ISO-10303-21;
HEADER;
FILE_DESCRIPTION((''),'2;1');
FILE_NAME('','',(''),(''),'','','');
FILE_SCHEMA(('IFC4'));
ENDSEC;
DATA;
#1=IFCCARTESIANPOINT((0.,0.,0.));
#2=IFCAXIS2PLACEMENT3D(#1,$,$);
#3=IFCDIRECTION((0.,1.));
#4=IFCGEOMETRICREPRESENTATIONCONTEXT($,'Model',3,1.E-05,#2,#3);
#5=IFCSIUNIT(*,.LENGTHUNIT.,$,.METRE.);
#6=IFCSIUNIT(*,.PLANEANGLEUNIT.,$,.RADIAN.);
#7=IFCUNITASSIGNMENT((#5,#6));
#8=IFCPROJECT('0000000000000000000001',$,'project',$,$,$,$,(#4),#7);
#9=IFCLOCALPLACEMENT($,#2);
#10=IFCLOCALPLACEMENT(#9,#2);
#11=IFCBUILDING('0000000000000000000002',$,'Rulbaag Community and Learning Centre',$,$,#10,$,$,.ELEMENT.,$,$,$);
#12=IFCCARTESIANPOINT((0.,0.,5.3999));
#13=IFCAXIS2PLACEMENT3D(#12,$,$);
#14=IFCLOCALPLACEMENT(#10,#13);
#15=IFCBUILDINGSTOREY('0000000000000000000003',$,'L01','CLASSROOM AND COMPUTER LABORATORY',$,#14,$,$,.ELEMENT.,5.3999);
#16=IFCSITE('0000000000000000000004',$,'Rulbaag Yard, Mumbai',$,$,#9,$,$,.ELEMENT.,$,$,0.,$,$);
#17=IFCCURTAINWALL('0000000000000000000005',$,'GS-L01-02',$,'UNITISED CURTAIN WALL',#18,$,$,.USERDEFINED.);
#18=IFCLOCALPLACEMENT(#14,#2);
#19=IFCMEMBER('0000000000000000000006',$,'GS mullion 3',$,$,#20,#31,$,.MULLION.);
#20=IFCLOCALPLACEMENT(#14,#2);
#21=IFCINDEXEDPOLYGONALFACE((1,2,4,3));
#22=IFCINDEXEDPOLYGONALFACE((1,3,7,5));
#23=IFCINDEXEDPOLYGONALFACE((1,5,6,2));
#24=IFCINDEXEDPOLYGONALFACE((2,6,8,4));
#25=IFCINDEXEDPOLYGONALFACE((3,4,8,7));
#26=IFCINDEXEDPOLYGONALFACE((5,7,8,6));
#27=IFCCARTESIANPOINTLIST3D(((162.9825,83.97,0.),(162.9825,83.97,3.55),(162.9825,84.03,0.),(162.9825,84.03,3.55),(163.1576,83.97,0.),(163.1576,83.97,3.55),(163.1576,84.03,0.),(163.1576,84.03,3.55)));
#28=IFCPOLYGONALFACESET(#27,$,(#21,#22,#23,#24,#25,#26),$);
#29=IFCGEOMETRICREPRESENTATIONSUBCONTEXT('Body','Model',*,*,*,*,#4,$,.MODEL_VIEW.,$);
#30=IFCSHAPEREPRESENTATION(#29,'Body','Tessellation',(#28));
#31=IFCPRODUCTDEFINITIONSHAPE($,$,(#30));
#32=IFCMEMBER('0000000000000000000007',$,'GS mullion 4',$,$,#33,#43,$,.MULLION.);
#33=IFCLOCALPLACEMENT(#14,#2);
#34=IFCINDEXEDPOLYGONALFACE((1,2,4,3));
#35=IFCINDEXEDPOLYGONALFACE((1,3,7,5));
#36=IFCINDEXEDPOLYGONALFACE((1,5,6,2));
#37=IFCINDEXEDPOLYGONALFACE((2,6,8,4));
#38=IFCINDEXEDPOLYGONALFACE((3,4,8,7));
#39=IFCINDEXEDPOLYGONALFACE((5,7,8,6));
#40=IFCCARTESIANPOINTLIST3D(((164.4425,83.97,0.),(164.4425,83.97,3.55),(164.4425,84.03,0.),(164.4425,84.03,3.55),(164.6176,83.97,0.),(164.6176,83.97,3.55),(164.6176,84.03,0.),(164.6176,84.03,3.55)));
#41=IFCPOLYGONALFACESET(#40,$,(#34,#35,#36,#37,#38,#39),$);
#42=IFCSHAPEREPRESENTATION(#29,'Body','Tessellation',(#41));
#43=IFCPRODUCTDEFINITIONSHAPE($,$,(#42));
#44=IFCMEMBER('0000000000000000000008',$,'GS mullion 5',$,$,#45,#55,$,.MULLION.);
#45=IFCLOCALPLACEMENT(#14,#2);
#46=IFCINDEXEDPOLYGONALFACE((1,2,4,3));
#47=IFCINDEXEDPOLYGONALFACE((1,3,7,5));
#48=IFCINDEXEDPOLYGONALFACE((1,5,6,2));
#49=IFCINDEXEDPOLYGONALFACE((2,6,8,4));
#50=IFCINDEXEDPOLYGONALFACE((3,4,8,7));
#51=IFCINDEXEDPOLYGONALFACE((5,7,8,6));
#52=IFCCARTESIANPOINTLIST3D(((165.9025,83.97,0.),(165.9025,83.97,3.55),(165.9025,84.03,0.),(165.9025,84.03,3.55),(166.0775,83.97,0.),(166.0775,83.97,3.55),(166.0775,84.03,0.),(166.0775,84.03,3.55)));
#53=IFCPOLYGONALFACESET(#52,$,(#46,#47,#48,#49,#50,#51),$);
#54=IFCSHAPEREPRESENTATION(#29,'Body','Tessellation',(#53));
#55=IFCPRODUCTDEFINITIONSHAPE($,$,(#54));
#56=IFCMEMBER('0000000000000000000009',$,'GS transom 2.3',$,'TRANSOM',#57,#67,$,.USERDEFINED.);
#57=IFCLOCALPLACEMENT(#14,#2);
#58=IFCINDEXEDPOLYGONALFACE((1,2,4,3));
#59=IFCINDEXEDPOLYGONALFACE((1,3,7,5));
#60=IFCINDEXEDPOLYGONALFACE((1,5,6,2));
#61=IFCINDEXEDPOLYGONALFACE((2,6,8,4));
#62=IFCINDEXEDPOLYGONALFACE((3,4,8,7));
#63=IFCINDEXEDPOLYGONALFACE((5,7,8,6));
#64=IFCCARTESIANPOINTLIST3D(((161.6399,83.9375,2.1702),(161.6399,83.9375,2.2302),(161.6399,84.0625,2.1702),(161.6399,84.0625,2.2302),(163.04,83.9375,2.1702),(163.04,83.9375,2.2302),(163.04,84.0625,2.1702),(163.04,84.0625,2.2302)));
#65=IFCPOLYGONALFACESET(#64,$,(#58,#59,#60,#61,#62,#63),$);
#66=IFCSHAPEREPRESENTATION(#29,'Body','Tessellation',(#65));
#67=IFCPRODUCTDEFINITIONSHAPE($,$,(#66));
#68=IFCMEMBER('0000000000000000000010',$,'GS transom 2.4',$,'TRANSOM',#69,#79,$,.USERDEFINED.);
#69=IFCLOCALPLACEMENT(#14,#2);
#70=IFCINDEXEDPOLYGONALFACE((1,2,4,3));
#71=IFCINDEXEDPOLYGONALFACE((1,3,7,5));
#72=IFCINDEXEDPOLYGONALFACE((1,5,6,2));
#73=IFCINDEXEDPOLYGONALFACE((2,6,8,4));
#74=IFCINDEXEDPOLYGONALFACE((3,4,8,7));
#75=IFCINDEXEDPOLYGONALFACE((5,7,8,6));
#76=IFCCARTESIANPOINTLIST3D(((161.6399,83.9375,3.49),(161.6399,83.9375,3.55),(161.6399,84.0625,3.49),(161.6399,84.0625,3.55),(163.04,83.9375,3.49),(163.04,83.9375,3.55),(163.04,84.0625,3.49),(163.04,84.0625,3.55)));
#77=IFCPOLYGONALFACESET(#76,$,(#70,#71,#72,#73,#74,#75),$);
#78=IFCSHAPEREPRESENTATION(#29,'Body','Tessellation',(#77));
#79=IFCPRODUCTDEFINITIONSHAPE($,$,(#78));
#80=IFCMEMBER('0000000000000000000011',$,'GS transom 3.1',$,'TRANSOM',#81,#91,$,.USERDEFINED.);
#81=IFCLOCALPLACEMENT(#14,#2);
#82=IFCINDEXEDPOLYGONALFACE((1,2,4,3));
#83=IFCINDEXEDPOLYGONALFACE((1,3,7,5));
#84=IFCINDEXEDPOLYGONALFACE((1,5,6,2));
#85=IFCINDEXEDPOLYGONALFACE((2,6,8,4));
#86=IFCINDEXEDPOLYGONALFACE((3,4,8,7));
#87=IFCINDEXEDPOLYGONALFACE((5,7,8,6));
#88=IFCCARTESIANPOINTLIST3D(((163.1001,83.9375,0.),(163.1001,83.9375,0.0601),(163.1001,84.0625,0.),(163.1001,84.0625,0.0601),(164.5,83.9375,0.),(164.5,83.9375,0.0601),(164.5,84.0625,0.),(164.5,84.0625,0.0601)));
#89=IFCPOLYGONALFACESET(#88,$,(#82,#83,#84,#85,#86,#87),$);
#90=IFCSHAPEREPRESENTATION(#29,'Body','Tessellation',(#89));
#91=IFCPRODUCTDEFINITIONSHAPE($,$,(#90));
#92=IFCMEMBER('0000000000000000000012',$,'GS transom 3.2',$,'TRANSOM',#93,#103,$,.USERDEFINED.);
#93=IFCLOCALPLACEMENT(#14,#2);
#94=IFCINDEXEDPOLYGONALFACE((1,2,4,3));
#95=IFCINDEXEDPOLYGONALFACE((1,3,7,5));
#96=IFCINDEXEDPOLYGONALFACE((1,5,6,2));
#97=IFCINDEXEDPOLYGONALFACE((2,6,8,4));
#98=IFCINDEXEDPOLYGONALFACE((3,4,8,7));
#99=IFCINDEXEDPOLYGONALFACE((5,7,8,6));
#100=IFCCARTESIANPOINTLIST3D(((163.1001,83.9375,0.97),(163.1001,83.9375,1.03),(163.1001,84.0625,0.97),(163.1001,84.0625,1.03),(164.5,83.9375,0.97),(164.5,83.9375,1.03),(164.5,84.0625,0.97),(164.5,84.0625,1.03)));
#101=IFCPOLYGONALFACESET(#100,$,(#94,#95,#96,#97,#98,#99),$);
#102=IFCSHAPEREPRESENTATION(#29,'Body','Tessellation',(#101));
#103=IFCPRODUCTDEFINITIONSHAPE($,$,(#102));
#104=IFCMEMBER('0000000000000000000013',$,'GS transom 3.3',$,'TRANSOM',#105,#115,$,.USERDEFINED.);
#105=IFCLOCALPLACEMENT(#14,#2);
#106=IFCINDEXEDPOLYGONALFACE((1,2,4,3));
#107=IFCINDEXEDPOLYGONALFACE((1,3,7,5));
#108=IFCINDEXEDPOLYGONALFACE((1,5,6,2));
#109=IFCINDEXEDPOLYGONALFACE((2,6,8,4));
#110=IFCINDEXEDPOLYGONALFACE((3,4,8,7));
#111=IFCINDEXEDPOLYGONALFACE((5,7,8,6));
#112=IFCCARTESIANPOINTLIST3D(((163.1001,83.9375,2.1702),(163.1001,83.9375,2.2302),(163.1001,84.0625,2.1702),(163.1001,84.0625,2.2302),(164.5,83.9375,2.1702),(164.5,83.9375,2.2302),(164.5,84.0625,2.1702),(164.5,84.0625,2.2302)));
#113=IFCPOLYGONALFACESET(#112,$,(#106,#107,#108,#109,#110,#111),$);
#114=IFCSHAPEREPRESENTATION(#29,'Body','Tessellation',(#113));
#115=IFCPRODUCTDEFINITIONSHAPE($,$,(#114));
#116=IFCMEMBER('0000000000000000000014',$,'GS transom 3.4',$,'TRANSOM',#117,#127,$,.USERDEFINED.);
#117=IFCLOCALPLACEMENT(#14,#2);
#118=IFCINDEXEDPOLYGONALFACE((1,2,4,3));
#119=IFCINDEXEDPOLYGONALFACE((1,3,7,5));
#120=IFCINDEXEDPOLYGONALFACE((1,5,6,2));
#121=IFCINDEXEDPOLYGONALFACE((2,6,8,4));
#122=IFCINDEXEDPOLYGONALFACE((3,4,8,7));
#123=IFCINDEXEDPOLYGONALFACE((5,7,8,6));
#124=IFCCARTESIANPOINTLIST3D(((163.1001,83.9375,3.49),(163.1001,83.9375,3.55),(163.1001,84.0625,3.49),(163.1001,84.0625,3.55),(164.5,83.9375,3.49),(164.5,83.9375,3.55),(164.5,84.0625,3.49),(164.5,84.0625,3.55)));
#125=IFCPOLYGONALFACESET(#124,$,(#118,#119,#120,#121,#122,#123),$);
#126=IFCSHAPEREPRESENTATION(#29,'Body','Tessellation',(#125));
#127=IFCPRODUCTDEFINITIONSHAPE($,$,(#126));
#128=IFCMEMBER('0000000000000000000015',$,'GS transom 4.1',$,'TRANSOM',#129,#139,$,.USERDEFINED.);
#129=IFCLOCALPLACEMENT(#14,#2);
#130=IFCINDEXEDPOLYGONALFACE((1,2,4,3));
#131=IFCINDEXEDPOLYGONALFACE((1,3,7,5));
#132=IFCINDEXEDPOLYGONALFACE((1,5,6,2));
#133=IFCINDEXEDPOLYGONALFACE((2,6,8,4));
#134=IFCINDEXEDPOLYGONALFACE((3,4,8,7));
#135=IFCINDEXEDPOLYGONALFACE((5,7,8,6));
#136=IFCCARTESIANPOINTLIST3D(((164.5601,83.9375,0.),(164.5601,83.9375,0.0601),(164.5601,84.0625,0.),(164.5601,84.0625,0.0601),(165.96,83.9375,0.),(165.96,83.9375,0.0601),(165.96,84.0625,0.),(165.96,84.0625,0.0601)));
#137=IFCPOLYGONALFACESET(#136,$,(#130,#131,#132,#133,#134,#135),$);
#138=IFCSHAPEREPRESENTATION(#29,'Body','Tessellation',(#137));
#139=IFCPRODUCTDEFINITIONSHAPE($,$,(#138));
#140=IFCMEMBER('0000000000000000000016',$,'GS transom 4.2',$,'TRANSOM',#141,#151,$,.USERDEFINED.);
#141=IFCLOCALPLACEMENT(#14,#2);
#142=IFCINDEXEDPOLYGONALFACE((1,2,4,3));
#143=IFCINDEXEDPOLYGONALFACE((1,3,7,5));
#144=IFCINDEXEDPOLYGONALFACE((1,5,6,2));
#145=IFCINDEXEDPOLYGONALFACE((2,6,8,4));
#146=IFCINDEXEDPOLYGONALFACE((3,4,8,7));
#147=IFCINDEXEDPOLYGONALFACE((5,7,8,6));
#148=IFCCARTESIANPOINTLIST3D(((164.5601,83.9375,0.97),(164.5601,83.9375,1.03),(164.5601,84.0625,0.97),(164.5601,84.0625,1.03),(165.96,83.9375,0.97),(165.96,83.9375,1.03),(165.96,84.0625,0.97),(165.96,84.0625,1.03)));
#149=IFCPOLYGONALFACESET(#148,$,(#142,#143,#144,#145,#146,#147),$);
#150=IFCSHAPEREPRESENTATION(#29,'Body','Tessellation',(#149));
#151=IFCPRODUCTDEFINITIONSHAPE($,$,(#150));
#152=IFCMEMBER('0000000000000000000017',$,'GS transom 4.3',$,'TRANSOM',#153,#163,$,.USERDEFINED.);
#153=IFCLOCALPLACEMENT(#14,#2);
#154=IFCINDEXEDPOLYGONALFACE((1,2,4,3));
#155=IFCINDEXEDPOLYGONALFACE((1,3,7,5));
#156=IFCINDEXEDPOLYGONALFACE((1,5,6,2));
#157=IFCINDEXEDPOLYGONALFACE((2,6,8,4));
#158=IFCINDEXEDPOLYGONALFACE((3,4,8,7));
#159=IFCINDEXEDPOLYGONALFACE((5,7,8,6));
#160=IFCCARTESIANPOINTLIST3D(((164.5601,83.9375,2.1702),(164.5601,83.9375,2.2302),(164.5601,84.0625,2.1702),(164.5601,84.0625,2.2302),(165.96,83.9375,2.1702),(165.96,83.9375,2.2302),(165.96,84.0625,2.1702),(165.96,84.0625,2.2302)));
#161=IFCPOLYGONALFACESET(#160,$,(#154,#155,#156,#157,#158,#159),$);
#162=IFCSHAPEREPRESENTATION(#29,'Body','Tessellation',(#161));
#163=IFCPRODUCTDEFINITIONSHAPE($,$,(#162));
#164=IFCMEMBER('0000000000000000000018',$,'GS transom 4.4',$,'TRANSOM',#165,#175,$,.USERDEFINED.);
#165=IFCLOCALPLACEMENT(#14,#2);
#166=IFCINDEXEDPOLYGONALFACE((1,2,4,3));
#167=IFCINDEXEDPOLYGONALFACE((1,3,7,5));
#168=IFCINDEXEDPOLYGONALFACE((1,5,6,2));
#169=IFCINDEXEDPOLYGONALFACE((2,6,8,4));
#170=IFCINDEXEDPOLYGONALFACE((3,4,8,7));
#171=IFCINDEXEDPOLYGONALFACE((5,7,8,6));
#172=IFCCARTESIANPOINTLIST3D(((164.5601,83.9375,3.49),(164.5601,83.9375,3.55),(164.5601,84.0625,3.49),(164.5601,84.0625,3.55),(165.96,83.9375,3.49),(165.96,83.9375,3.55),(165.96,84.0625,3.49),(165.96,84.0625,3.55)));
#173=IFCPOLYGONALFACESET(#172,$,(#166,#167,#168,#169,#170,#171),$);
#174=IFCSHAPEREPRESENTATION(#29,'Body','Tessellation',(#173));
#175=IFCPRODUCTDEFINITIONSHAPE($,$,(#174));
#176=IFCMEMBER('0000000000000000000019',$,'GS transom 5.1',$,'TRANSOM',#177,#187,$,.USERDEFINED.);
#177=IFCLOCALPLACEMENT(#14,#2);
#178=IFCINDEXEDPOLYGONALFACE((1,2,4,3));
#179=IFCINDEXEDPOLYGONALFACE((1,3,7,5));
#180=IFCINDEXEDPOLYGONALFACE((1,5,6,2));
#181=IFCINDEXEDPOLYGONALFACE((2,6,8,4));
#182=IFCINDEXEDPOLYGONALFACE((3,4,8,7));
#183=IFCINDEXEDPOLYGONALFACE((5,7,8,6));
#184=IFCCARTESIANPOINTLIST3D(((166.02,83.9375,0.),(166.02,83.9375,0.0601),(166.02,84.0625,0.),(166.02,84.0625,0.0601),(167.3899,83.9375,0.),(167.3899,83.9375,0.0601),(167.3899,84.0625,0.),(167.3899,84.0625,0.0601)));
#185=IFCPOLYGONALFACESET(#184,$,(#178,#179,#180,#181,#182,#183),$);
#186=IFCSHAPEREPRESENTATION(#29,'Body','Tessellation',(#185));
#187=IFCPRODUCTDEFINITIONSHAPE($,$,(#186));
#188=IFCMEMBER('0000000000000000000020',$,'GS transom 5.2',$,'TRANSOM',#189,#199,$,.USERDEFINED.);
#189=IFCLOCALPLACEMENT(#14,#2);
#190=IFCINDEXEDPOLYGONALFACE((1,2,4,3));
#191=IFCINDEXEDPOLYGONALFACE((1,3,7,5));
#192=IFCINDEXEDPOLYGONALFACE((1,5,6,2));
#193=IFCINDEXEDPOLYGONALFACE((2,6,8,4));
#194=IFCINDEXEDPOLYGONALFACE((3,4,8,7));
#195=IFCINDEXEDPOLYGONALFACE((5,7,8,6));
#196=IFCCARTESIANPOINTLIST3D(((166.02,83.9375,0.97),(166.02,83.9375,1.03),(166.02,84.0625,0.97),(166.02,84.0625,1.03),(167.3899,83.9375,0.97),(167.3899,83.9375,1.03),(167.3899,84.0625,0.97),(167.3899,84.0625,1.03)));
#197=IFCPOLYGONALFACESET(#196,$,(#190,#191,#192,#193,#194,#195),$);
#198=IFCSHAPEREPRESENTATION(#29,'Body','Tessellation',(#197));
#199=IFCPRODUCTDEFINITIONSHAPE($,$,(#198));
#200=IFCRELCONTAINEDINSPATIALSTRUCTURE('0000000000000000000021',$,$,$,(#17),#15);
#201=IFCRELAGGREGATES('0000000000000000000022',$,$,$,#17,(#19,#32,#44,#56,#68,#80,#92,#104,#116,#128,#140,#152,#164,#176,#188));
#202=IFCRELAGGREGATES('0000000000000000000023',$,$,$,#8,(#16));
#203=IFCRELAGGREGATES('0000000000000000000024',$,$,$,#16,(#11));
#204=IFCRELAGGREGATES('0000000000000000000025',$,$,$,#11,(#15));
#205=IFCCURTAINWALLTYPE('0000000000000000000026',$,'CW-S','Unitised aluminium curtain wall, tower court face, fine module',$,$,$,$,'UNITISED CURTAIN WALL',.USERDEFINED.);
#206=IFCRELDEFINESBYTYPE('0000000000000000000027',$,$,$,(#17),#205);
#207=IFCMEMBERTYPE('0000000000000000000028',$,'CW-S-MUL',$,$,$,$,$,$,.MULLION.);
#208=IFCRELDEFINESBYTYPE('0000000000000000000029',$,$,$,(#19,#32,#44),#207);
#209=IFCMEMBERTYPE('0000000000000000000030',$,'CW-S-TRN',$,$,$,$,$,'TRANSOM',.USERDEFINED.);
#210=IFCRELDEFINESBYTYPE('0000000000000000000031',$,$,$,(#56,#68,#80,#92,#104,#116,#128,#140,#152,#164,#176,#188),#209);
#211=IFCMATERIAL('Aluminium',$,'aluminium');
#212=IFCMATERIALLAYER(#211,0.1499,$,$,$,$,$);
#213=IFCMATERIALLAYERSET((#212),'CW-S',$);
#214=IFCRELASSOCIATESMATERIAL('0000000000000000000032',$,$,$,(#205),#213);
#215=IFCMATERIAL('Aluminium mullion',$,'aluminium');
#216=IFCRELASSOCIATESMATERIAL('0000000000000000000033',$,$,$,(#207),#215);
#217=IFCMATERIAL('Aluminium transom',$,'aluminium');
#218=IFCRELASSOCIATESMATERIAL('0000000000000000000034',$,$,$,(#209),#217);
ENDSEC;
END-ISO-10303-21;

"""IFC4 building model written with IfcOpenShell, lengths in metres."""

from ifc_helpers import new_model, si_unit, direction, frame, origin, origin_2d, place, context, subcontext, project, spatial, rectangle, extrude, material, layer, layer_set, material_profile, profile_set, type_object, element, aggregate, save


model = new_model("IFC4")

# Units and contexts
model_context = context("Model", 3, precision=1e-05, world=origin(), true_north=direction((0.0, 1.0)))
body_context = subcontext(model_context, "Body", "Model", "MODEL_VIEW")
ifc_project = project(units=[si_unit("LENGTHUNIT", "METRE"), si_unit("PLANEANGLEUNIT", "RADIAN")], contexts=[model_context])

# Site, building, storey
site_placement = place(None, origin())
site = spatial("IfcSite", under=ifc_project, at=site_placement, Name="Rulbaag Yard, Mumbai", CompositionType="ELEMENT", RefElevation=0.0)
building_placement = place(site_placement, origin())
building = spatial("IfcBuilding", under=site, at=building_placement, Name="Rulbaag Community and Learning Centre", CompositionType="ELEMENT")
storey_placement = place(building_placement, frame((0.0, 0.0, 5.3999)))
storey = spatial("IfcBuildingStorey", under=building, at=storey_placement, Name="L01", Description="CLASSROOM AND COMPUTER LABORATORY", CompositionType="ELEMENT", Elevation=5.3999)

# Curtain wall, members
ifc_material_1 = material(Name="Aluminium", Category="aluminium")
ifc_layer_1 = layer(ifc_material_1, 0.1499)
ifc_layer_set_1 = layer_set([ifc_layer_1], Name="CW-S")
curtain_wall_type = type_object("IfcCurtainWallType", Name="CW-S", Description="Unitised aluminium curtain wall, tower court face, fine module", ElementType="UNITISED CURTAIN WALL", PredefinedType="USERDEFINED", material=ifc_layer_set_1)
curtain_wall_placement = place(storey_placement, origin())
curtain_wall = element("IfcCurtainWall", 1, at=curtain_wall_placement, inside=storey, type_object=curtain_wall_type, Name="GS-L01-02", ObjectType="UNITISED CURTAIN WALL", PredefinedType="USERDEFINED")
ifc_material_2 = material(Name="Aluminium mullion", Category="aluminium")
ifc_material_profile_1 = material_profile(ifc_material_2, rectangle(XDim=0.0601, YDim=0.175, at=origin_2d()), Name="AL 60x175")
ifc_profile_set_1 = profile_set([ifc_material_profile_1], Name="Aluminium mullion")
member_type_1 = type_object("IfcMemberType", Name="CW-S-MUL", PredefinedType="MULLION", material=ifc_profile_set_1)
member_1_placement = place(storey_placement, frame((163.0701, 84.0, 0.0), z_axis=(0.0, 0.0, 1.0), x_axis=(0.0, 1.0, 0.0)))
member_1 = element("IfcMember", 2, at=member_1_placement, type_object=member_type_1, Name="GS mullion 3", PredefinedType="MULLION", context=body_context, shape_type="SweptSolid", body=[
    extrude(rectangle(XDim=0.0601, YDim=0.175, at=origin_2d()), origin(), (0.0, 0.0, 1.0), 3.55),
])
member_2_placement = place(storey_placement, frame((164.53, 84.0, 0.0), z_axis=(0.0, 0.0, 1.0), x_axis=(0.0, 1.0, 0.0)))
member_2 = element("IfcMember", 3, at=member_2_placement, type_object=member_type_1, Name="GS mullion 4", PredefinedType="MULLION", context=body_context, shape_type="SweptSolid", body=[
    extrude(rectangle(XDim=0.0601, YDim=0.175, at=origin_2d()), origin(), (0.0, 0.0, 1.0), 3.55),
])
member_3_placement = place(storey_placement, frame((165.99, 84.0, 0.0), z_axis=(0.0, 0.0, 1.0), x_axis=(0.0, 1.0, 0.0)))
member_3 = element("IfcMember", 4, at=member_3_placement, type_object=member_type_1, Name="GS mullion 5", PredefinedType="MULLION", context=body_context, shape_type="SweptSolid", body=[
    extrude(rectangle(XDim=0.0601, YDim=0.175, at=origin_2d()), origin(), (0.0, 0.0, 1.0), 3.55),
])
ifc_material_3 = material(Name="Aluminium transom", Category="aluminium")
ifc_material_profile_2 = material_profile(ifc_material_3, rectangle(XDim=0.125, YDim=0.0601, at=origin_2d()), Name="AL 60x125 T")
ifc_profile_set_2 = profile_set([ifc_material_profile_2], Name="Aluminium transom")
member_type_2 = type_object("IfcMemberType", Name="CW-S-TRN", ElementType="TRANSOM", PredefinedType="USERDEFINED", material=ifc_profile_set_2)
member_4_placement = place(storey_placement, frame((161.6399, 84.0, 2.2002), z_axis=(1.0, 0.0, 0.0), x_axis=(0.0, 1.0, 0.0)))
member_4 = element("IfcMember", 5, at=member_4_placement, type_object=member_type_2, Name="GS transom 2.3", ObjectType="TRANSOM", PredefinedType="USERDEFINED", context=body_context, shape_type="SweptSolid", body=[
    extrude(rectangle(XDim=0.125, YDim=0.0601, at=origin_2d()), origin(), (0.0, 0.0, 1.0), 1.4001),
])
member_5_placement = place(storey_placement, frame((161.6399, 84.0, 3.52), z_axis=(1.0, 0.0, 0.0), x_axis=(0.0, 1.0, 0.0)))
member_5 = element("IfcMember", 6, at=member_5_placement, type_object=member_type_2, Name="GS transom 2.4", ObjectType="TRANSOM", PredefinedType="USERDEFINED", context=body_context, shape_type="SweptSolid", body=[
    extrude(rectangle(XDim=0.125, YDim=0.0601, at=origin_2d()), origin(), (0.0, 0.0, 1.0), 1.4001),
])
member_6_placement = place(storey_placement, frame((163.1001, 84.0, 0.03), z_axis=(1.0, 0.0, 0.0), x_axis=(0.0, 1.0, 0.0)))
member_6 = element("IfcMember", 7, at=member_6_placement, type_object=member_type_2, Name="GS transom 3.1", ObjectType="TRANSOM", PredefinedType="USERDEFINED", context=body_context, shape_type="SweptSolid", body=[
    extrude(rectangle(XDim=0.125, YDim=0.0601, at=origin_2d()), origin(), (0.0, 0.0, 1.0), 1.3999),
])
member_7_placement = place(storey_placement, frame((163.1001, 84.0, 1.0), z_axis=(1.0, 0.0, 0.0), x_axis=(0.0, 1.0, 0.0)))
member_7 = element("IfcMember", 8, at=member_7_placement, type_object=member_type_2, Name="GS transom 3.2", ObjectType="TRANSOM", PredefinedType="USERDEFINED", context=body_context, shape_type="SweptSolid", body=[
    extrude(rectangle(XDim=0.125, YDim=0.0601, at=origin_2d()), origin(), (0.0, 0.0, 1.0), 1.3999),
])
member_8_placement = place(storey_placement, frame((163.1001, 84.0, 2.2002), z_axis=(1.0, 0.0, 0.0), x_axis=(0.0, 1.0, 0.0)))
member_8 = element("IfcMember", 9, at=member_8_placement, type_object=member_type_2, Name="GS transom 3.3", ObjectType="TRANSOM", PredefinedType="USERDEFINED", context=body_context, shape_type="SweptSolid", body=[
    extrude(rectangle(XDim=0.125, YDim=0.0601, at=origin_2d()), origin(), (0.0, 0.0, 1.0), 1.3999),
])
member_9_placement = place(storey_placement, frame((163.1001, 84.0, 3.52), z_axis=(1.0, 0.0, 0.0), x_axis=(0.0, 1.0, 0.0)))
member_9 = element("IfcMember", 10, at=member_9_placement, type_object=member_type_2, Name="GS transom 3.4", ObjectType="TRANSOM", PredefinedType="USERDEFINED", context=body_context, shape_type="SweptSolid", body=[
    extrude(rectangle(XDim=0.125, YDim=0.0601, at=origin_2d()), origin(), (0.0, 0.0, 1.0), 1.3999),
])
member_10_placement = place(storey_placement, frame((164.5601, 84.0, 0.03), z_axis=(1.0, 0.0, 0.0), x_axis=(0.0, 1.0, 0.0)))
member_10 = element("IfcMember", 11, at=member_10_placement, type_object=member_type_2, Name="GS transom 4.1", ObjectType="TRANSOM", PredefinedType="USERDEFINED", context=body_context, shape_type="SweptSolid", body=[
    extrude(rectangle(XDim=0.125, YDim=0.0601, at=origin_2d()), origin(), (0.0, 0.0, 1.0), 1.3999),
])
member_11_placement = place(storey_placement, frame((164.5601, 84.0, 1.0), z_axis=(1.0, 0.0, 0.0), x_axis=(0.0, 1.0, 0.0)))
member_11 = element("IfcMember", 12, at=member_11_placement, type_object=member_type_2, Name="GS transom 4.2", ObjectType="TRANSOM", PredefinedType="USERDEFINED", context=body_context, shape_type="SweptSolid", body=[
    extrude(rectangle(XDim=0.125, YDim=0.0601, at=origin_2d()), origin(), (0.0, 0.0, 1.0), 1.3999),
])
member_12_placement = place(storey_placement, frame((164.5601, 84.0, 2.2002), z_axis=(1.0, 0.0, 0.0), x_axis=(0.0, 1.0, 0.0)))
member_12 = element("IfcMember", 13, at=member_12_placement, type_object=member_type_2, Name="GS transom 4.3", ObjectType="TRANSOM", PredefinedType="USERDEFINED", context=body_context, shape_type="SweptSolid", body=[
    extrude(rectangle(XDim=0.125, YDim=0.0601, at=origin_2d()), origin(), (0.0, 0.0, 1.0), 1.3999),
])
member_13_placement = place(storey_placement, frame((164.5601, 84.0, 3.52), z_axis=(1.0, 0.0, 0.0), x_axis=(0.0, 1.0, 0.0)))
member_13 = element("IfcMember", 14, at=member_13_placement, type_object=member_type_2, Name="GS transom 4.4", ObjectType="TRANSOM", PredefinedType="USERDEFINED", context=body_context, shape_type="SweptSolid", body=[
    extrude(rectangle(XDim=0.125, YDim=0.0601, at=origin_2d()), origin(), (0.0, 0.0, 1.0), 1.3999),
])
member_14_placement = place(storey_placement, frame((166.02, 84.0, 0.03), z_axis=(1.0, 0.0, 0.0), x_axis=(0.0, 1.0, 0.0)))
member_14 = element("IfcMember", 15, at=member_14_placement, type_object=member_type_2, Name="GS transom 5.1", ObjectType="TRANSOM", PredefinedType="USERDEFINED", context=body_context, shape_type="SweptSolid", body=[
    extrude(rectangle(XDim=0.125, YDim=0.0601, at=origin_2d()), origin(), (0.0, 0.0, 1.0), 1.3699),
])
member_15_placement = place(storey_placement, frame((166.02, 84.0, 1.0), z_axis=(1.0, 0.0, 0.0), x_axis=(0.0, 1.0, 0.0)))
member_15 = element("IfcMember", 16, at=member_15_placement, type_object=member_type_2, Name="GS transom 5.2", ObjectType="TRANSOM", PredefinedType="USERDEFINED", context=body_context, shape_type="SweptSolid", body=[
    extrude(rectangle(XDim=0.125, YDim=0.0601, at=origin_2d()), origin(), (0.0, 0.0, 1.0), 1.3699),
])
aggregate(curtain_wall, [member_1, member_2, member_3, member_4, member_5, member_6, member_7, member_8, member_9, member_10, member_11, member_12, member_13, member_14, member_15])

save(model, "model.ifc")
